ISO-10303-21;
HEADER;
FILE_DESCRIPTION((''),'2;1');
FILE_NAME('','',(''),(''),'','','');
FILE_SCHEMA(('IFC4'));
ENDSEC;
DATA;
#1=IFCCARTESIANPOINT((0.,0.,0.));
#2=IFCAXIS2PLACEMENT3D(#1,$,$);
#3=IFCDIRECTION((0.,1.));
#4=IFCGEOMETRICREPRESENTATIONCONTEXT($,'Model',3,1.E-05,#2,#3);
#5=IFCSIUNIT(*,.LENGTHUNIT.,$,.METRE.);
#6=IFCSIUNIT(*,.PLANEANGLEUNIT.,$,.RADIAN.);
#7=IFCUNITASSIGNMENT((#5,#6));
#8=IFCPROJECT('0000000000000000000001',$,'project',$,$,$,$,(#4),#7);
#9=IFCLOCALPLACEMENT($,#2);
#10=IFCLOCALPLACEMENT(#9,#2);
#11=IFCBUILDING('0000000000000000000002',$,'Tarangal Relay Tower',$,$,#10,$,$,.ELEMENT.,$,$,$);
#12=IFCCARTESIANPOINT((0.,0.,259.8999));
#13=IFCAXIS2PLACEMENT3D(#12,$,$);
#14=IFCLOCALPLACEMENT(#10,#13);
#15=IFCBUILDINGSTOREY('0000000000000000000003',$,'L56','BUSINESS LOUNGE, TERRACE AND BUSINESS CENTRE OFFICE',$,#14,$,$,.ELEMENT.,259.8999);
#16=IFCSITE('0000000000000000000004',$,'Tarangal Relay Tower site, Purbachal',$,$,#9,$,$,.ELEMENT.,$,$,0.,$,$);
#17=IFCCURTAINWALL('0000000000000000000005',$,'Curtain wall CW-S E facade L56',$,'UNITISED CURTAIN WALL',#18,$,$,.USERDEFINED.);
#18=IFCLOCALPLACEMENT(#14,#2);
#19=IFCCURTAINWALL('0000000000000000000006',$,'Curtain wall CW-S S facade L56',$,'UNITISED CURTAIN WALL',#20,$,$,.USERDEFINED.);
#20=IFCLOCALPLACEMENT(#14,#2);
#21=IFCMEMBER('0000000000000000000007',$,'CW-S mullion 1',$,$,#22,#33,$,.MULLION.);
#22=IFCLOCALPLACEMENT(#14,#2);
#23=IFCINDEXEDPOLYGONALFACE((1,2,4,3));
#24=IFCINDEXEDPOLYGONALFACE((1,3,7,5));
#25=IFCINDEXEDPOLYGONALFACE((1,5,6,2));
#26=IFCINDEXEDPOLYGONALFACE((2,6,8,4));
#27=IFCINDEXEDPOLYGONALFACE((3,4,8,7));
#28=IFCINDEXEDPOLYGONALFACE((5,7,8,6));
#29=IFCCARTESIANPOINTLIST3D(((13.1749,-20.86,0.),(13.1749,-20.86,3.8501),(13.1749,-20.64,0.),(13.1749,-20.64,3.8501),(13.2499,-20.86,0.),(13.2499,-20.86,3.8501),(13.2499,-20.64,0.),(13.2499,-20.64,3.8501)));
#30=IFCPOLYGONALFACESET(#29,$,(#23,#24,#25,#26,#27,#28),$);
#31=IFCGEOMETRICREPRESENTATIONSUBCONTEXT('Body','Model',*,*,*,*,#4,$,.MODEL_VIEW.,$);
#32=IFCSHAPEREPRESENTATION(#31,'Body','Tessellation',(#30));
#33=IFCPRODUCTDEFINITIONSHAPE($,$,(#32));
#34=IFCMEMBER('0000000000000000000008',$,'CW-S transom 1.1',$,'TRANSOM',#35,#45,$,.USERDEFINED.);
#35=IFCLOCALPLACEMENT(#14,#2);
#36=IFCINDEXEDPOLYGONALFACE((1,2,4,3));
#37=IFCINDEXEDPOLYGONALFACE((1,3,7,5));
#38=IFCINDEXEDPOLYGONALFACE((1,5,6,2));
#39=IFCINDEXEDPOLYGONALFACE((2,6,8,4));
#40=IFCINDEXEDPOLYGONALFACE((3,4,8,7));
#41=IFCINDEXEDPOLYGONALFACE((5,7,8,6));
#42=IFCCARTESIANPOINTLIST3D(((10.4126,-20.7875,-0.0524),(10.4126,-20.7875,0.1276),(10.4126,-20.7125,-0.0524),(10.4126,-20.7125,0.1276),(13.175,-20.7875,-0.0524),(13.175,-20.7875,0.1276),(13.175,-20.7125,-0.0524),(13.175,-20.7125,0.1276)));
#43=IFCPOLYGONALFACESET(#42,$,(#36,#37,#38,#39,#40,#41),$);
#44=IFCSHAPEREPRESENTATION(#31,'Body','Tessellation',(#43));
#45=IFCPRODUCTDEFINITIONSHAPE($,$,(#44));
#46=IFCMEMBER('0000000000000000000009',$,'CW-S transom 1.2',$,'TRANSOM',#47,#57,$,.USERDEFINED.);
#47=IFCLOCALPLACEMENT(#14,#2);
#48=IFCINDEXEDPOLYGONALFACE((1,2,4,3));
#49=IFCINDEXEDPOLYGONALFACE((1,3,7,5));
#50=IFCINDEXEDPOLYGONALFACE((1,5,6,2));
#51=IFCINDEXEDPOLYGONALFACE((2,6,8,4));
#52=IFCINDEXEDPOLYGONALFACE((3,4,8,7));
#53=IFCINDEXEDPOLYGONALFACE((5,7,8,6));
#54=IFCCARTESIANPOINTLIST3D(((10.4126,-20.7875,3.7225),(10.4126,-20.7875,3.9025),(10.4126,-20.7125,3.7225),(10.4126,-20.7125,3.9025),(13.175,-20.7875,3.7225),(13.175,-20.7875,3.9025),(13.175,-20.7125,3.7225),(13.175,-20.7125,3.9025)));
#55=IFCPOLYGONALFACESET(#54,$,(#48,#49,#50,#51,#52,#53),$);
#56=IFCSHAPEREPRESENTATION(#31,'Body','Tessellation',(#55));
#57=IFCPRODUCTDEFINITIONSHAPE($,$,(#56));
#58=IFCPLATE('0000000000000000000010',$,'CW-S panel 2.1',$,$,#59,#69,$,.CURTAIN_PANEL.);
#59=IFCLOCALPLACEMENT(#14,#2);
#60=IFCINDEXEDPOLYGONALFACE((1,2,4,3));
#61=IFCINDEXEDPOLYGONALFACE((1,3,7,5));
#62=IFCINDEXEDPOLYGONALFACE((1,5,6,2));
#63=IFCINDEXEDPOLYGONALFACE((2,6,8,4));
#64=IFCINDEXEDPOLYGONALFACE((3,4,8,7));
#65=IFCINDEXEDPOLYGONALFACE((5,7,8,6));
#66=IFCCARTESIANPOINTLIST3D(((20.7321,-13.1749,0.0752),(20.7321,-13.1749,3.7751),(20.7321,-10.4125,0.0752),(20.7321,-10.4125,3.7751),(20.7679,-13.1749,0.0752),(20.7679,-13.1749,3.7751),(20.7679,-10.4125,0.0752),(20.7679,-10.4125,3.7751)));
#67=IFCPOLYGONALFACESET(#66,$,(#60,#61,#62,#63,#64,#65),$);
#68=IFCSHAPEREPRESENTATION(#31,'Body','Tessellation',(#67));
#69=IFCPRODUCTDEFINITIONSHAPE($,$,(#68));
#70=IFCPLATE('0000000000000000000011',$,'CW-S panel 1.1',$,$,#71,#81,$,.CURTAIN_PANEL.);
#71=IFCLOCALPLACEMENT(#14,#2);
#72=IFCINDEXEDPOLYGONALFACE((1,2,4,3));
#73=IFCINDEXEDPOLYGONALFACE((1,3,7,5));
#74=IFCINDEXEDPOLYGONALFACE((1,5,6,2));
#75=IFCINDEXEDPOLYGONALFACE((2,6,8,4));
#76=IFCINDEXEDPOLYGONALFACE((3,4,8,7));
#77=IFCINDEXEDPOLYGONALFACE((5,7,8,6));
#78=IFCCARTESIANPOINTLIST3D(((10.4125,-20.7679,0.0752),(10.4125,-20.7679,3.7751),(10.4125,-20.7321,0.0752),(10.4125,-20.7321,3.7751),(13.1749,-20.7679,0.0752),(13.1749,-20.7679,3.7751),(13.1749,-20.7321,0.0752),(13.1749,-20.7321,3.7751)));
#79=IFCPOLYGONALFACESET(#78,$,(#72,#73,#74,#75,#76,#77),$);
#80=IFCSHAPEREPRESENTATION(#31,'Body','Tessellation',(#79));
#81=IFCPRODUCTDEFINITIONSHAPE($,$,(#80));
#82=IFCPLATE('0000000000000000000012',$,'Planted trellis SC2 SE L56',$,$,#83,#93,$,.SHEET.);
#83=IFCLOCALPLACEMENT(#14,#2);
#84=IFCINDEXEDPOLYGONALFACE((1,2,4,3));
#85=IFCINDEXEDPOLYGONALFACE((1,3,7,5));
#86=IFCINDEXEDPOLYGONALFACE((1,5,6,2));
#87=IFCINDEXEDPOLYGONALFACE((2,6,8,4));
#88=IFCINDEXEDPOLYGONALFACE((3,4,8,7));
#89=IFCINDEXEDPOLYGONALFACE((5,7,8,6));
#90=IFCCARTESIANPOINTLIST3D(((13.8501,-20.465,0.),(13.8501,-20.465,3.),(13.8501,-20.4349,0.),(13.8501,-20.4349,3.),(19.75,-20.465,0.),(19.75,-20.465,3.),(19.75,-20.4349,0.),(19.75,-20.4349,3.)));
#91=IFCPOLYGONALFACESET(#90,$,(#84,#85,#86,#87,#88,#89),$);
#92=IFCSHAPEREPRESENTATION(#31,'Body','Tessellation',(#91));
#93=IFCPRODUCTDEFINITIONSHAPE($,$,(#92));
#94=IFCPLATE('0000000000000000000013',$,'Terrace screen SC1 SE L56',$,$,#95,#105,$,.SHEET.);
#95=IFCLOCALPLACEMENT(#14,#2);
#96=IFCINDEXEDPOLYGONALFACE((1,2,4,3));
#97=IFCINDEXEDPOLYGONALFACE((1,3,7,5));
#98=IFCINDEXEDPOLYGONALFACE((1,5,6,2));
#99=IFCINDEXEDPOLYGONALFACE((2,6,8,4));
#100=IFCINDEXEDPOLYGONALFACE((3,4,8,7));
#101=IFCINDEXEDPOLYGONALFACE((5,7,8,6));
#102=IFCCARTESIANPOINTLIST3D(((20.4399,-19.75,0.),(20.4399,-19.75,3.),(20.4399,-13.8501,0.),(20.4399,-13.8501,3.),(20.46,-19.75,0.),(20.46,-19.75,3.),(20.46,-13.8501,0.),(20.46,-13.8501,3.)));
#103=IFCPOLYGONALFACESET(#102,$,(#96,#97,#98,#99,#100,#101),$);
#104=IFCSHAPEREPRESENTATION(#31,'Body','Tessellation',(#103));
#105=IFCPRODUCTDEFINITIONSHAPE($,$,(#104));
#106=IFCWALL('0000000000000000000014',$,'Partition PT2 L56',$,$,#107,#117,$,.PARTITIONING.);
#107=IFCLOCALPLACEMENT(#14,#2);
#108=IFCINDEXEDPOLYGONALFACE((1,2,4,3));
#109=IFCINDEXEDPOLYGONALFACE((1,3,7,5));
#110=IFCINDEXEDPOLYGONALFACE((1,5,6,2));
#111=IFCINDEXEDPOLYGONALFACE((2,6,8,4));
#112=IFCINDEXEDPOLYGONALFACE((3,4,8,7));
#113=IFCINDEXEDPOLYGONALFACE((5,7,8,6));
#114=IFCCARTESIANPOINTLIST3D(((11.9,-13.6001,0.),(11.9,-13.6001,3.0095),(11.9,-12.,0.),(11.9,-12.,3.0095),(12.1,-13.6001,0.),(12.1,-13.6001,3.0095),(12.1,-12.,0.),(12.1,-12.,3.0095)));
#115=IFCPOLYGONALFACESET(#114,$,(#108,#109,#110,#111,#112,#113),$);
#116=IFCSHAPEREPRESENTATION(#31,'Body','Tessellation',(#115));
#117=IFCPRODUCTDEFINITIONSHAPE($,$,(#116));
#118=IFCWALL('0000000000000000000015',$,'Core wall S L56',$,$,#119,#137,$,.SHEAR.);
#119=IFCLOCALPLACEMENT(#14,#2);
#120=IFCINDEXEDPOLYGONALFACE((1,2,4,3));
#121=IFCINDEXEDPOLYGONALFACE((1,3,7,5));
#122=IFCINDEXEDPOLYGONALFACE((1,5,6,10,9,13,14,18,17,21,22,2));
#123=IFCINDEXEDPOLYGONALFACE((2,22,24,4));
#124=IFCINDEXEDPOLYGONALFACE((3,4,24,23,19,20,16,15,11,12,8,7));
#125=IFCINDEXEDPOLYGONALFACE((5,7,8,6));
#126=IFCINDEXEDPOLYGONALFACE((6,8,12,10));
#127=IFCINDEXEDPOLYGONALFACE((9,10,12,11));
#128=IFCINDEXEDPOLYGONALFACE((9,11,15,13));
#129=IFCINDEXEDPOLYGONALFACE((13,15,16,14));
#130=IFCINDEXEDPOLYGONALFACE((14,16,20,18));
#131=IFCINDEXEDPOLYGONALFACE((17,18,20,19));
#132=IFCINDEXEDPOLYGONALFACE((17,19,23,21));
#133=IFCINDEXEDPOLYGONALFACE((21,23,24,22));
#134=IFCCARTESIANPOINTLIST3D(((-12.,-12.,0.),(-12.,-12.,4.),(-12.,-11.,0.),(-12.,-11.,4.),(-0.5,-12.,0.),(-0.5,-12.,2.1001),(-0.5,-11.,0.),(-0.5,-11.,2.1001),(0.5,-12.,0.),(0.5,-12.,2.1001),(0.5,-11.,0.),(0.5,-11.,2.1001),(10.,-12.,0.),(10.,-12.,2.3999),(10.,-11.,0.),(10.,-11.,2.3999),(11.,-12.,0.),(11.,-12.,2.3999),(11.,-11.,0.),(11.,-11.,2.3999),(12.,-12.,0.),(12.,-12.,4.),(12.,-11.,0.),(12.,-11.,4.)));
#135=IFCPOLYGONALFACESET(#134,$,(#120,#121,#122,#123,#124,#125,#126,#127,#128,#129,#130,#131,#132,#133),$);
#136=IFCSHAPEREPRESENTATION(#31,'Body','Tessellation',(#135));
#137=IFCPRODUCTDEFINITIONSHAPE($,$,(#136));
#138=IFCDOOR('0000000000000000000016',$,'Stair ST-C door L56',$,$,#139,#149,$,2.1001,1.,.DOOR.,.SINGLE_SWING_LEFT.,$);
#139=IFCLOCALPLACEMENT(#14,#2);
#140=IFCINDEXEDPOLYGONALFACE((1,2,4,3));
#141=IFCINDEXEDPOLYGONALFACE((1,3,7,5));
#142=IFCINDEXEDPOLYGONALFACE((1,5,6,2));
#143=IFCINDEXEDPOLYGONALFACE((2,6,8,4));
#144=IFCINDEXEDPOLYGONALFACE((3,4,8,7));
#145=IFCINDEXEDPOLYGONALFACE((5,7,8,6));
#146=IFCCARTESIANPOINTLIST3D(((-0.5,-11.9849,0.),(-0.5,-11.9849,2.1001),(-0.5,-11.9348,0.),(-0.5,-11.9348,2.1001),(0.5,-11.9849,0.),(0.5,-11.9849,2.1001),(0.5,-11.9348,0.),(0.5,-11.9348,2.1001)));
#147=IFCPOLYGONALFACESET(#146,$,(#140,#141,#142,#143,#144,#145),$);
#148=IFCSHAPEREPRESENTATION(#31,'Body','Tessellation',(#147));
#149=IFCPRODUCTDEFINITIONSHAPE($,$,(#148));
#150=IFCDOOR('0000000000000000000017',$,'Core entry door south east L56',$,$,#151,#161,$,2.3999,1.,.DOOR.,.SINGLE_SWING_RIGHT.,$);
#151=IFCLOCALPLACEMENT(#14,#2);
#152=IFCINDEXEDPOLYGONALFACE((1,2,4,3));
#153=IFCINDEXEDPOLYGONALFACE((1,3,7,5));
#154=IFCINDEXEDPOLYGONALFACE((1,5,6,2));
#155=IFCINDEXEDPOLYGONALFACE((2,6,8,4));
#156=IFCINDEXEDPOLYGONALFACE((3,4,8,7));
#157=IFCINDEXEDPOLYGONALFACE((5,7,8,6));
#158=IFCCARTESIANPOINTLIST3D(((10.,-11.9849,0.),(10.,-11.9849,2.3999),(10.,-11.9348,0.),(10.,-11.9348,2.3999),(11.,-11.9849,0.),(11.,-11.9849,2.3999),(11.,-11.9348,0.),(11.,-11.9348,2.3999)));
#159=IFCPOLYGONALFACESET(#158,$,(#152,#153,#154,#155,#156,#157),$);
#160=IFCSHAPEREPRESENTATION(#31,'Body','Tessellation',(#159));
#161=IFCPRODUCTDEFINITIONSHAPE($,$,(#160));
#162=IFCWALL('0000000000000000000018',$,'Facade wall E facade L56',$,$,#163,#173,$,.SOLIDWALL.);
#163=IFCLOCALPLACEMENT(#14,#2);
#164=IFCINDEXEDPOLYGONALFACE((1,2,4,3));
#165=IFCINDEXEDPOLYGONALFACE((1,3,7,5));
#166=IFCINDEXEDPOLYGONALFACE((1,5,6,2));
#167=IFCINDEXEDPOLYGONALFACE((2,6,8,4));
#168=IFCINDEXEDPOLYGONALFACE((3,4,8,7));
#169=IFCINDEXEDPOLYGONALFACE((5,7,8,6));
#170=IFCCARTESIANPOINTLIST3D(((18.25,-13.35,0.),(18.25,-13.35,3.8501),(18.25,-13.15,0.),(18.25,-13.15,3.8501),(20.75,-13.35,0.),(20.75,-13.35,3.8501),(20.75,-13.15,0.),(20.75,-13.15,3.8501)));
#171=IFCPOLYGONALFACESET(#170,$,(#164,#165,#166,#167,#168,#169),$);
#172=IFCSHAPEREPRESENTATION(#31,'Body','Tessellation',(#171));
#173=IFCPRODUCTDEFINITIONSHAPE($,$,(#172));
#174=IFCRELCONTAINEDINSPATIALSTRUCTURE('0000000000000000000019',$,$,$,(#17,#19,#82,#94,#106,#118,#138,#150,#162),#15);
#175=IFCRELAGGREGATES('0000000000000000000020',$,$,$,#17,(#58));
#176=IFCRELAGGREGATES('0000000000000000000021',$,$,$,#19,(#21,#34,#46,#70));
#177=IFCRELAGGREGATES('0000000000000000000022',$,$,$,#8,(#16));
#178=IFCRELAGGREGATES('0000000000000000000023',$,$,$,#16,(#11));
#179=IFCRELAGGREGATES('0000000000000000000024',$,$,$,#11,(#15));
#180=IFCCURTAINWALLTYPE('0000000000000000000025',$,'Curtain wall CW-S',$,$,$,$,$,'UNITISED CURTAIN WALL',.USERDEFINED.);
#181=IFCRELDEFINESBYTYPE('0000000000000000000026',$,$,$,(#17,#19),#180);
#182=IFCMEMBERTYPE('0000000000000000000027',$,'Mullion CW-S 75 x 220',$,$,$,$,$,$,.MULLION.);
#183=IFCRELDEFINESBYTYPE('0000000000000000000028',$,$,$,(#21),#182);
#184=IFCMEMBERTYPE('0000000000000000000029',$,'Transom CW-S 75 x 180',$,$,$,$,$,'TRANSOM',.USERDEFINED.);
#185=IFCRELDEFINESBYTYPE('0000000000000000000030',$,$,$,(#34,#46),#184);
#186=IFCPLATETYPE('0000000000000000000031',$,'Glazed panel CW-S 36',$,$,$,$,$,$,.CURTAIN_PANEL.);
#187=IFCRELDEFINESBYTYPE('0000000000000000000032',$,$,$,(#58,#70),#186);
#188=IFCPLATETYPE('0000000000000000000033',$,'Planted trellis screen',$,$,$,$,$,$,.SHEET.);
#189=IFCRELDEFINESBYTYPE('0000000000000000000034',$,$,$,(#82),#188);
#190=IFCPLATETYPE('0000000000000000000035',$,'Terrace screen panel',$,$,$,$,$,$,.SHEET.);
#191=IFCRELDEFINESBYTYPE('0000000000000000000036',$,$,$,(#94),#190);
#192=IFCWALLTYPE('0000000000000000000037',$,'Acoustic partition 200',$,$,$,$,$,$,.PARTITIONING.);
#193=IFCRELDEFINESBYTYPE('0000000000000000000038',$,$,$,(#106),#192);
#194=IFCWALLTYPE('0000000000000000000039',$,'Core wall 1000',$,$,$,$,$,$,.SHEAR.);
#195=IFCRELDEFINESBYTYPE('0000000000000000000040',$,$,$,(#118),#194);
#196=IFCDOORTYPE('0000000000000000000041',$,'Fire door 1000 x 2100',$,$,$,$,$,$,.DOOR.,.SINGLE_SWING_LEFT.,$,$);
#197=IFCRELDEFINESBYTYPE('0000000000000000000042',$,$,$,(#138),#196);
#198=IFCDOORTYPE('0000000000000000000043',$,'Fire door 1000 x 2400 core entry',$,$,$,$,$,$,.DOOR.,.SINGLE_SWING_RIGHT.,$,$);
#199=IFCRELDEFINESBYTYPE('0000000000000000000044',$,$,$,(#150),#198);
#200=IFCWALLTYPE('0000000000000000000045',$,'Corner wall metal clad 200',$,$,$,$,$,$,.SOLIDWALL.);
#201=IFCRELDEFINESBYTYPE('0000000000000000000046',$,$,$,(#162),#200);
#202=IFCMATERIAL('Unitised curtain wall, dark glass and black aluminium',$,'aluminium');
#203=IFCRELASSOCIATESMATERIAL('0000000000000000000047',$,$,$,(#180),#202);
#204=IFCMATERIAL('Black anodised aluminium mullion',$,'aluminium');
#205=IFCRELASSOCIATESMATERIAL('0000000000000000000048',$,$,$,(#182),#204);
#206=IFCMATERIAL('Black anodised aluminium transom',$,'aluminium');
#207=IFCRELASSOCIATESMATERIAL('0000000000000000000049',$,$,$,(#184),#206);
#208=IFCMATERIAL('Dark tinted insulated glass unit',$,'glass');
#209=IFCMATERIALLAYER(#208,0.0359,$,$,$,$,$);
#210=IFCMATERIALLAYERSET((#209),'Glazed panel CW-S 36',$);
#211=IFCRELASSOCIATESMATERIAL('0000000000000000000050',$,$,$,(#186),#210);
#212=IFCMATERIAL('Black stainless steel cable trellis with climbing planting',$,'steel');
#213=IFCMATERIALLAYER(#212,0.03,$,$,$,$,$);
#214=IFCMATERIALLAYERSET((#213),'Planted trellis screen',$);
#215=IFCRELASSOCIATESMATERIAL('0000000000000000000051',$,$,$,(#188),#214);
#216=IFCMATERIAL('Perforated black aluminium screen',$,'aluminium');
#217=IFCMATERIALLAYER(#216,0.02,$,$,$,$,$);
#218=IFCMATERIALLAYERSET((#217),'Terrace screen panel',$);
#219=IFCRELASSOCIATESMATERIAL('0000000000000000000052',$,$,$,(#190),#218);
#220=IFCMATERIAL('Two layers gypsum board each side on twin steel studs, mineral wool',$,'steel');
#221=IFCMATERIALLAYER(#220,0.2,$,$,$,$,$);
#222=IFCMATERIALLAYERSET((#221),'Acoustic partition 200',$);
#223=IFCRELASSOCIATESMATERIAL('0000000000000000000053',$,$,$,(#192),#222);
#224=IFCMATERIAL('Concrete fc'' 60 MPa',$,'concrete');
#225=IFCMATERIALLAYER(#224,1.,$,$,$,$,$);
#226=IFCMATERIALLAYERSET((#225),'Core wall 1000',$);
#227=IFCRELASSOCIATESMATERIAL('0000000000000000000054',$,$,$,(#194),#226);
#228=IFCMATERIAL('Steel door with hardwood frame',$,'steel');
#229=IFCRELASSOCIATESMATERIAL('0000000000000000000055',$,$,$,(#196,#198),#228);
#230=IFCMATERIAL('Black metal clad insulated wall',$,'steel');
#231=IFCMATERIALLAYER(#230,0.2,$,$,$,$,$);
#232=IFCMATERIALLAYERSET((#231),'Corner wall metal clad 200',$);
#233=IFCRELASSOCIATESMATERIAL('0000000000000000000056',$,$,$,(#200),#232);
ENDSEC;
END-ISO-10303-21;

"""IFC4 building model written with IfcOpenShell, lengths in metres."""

from ifc_helpers import new_model, si_unit, direction, frame, frame_2d, origin, origin_2d, place, context, subcontext, project, spatial, rectangle, extrude, material, layer, layer_set, material_profile, profile_set, type_object, element, fill, aggregate, save


model = new_model("IFC4")

# Units and contexts
model_context = context("Model", 3, precision=1e-05, world=origin(), true_north=direction((0.0, 1.0)))
body_context = subcontext(model_context, "Body", "Model", "MODEL_VIEW")
ifc_project = project(units=[si_unit("LENGTHUNIT", "METRE"), si_unit("PLANEANGLEUNIT", "RADIAN")], contexts=[model_context])

# Site, building, storey
site_placement = place(None, origin())
site = spatial("IfcSite", under=ifc_project, at=site_placement, Name="Tarangal Relay Tower site, Purbachal", CompositionType="ELEMENT", RefElevation=0.0)
building_placement = place(site_placement, origin())
building = spatial("IfcBuilding", under=site, at=building_placement, Name="Tarangal Relay Tower", CompositionType="ELEMENT")
storey_placement = place(building_placement, frame((0.0, 0.0, 259.8999)))
storey = spatial("IfcBuildingStorey", under=building, at=storey_placement, Name="L56", Description="BUSINESS LOUNGE, TERRACE AND BUSINESS CENTRE OFFICE", CompositionType="ELEMENT", Elevation=259.8999)

# Curtain wall
ifc_material_1 = material(Name="Unitised curtain wall, dark glass and black aluminium", Category="aluminium")
curtain_wall_type = type_object("IfcCurtainWallType", Name="Curtain wall CW-S", ElementType="UNITISED CURTAIN WALL", PredefinedType="USERDEFINED", material=ifc_material_1)
curtain_wall_1_placement = place(storey_placement, origin())
curtain_wall_1 = element("IfcCurtainWall", 1, at=curtain_wall_1_placement, inside=storey, type_object=curtain_wall_type, Name="Curtain wall CW-S E facade L56", ObjectType="UNITISED CURTAIN WALL", PredefinedType="USERDEFINED")
ifc_material_2 = material(Name="Black anodised aluminium mullion", Category="aluminium")
ifc_material_profile_1 = material_profile(ifc_material_2, rectangle(XDim=0.22, YDim=0.075, at=origin_2d()), Name="CW-SM 75X220")
ifc_profile_set_1 = profile_set([ifc_material_profile_1], Name="Black anodised aluminium mullion")
member_type_1 = type_object("IfcMemberType", Name="Mullion CW-S 75 x 220", PredefinedType="MULLION", material=ifc_profile_set_1)

# Curtain wall, members
curtain_wall_2_placement = place(storey_placement, origin())
curtain_wall_2 = element("IfcCurtainWall", 2, at=curtain_wall_2_placement, inside=storey, type_object=curtain_wall_type, Name="Curtain wall CW-S S facade L56", ObjectType="UNITISED CURTAIN WALL", PredefinedType="USERDEFINED")
member_1_placement = place(storey_placement, frame((13.2124, -20.75, 0.0), z_axis=(0.0, 0.0, 1.0), x_axis=(0.0, -1.0, 0.0)))
member_1 = element("IfcMember", 3, at=member_1_placement, type_object=member_type_1, Name="CW-S mullion 1", PredefinedType="MULLION", context=body_context, shape_type="SweptSolid", body=[
    extrude(rectangle(XDim=0.22, YDim=0.075, at=origin_2d()), origin(), (0.0, 0.0, 1.0), 3.8501),
])
ifc_material_3 = material(Name="Black anodised aluminium transom", Category="aluminium")
ifc_material_profile_2 = material_profile(ifc_material_3, rectangle(XDim=0.075, YDim=0.1799, at=origin_2d()), Name="CW-ST 75X180")
ifc_profile_set_2 = profile_set([ifc_material_profile_2], Name="Black anodised aluminium transom")
member_type_2 = type_object("IfcMemberType", Name="Transom CW-S 75 x 180", ElementType="TRANSOM", PredefinedType="USERDEFINED", material=ifc_profile_set_2)
member_2_placement = place(storey_placement, frame((13.175, -20.75, 0.0376), z_axis=(-1.0, 0.0, 0.0), x_axis=(0.0, -1.0, 0.0)))
member_2 = element("IfcMember", 4, at=member_2_placement, type_object=member_type_2, Name="CW-S transom 1.1", ObjectType="TRANSOM", PredefinedType="USERDEFINED", context=body_context, shape_type="SweptSolid", body=[
    extrude(rectangle(XDim=0.075, YDim=0.1799, at=origin_2d()), origin(), (0.0, 0.0, 1.0), 2.7625),
])
member_3_placement = place(storey_placement, frame((13.175, -20.75, 3.8125), z_axis=(-1.0, 0.0, 0.0), x_axis=(0.0, -1.0, 0.0)))
member_3 = element("IfcMember", 5, at=member_3_placement, type_object=member_type_2, Name="CW-S transom 1.2", ObjectType="TRANSOM", PredefinedType="USERDEFINED", context=body_context, shape_type="SweptSolid", body=[
    extrude(rectangle(XDim=0.075, YDim=0.1799, at=origin_2d()), origin(), (0.0, 0.0, 1.0), 2.7625),
])

# Plates
ifc_material_4 = material(Name="Dark tinted insulated glass unit", Category="glass")
ifc_layer_1 = layer(ifc_material_4, 0.0359)
ifc_layer_set_1 = layer_set([ifc_layer_1], Name="Glazed panel CW-S 36")
plate_type_1 = type_object("IfcPlateType", Name="Glazed panel CW-S 36", PredefinedType="CURTAIN_PANEL", material=ifc_layer_set_1)
plate_1_placement = place(storey_placement, frame((20.75, -11.7937, 0.0752), z_axis=(0.0, 0.0, 1.0), x_axis=(0.0, -1.0, 0.0)))
plate_1 = element("IfcPlate", 6, at=plate_1_placement, type_object=plate_type_1, Name="CW-S panel 2.1", PredefinedType="CURTAIN_PANEL", context=body_context, shape_type="SweptSolid", body=[
    extrude(rectangle(XDim=2.7625, YDim=0.0359, at=origin_2d()), origin(), (0.0, 0.0, 1.0), 3.7),
])
aggregate(curtain_wall_1, [plate_1])
plate_2_placement = place(storey_placement, frame((11.7937, -20.75, 0.0752), z_axis=(0.0, 0.0, 1.0), x_axis=(-1.0, 0.0, 0.0)))
plate_2 = element("IfcPlate", 7, at=plate_2_placement, type_object=plate_type_1, Name="CW-S panel 1.1", PredefinedType="CURTAIN_PANEL", context=body_context, shape_type="SweptSolid", body=[
    extrude(rectangle(XDim=2.7625, YDim=0.0359, at=origin_2d()), origin(), (0.0, 0.0, 1.0), 3.7),
])
aggregate(curtain_wall_2, [member_1, member_2, member_3, plate_2])

# Plates
ifc_material_5 = material(Name="Black stainless steel cable trellis with climbing planting", Category="steel")
ifc_layer_2 = layer(ifc_material_5, 0.03)
ifc_layer_set_2 = layer_set([ifc_layer_2], Name="Planted trellis screen")
plate_type_2 = type_object("IfcPlateType", Name="Planted trellis screen", PredefinedType="SHEET", material=ifc_layer_set_2)
plate_3_placement = place(storey_placement, frame((16.8, -20.45, 0.0), z_axis=(0.0, 0.0, 1.0), x_axis=(-1.0, 0.0, 0.0)))
element("IfcPlate", 8, at=plate_3_placement, inside=storey, type_object=plate_type_2, Name="Planted trellis SC2 SE L56", PredefinedType="SHEET", context=body_context, shape_type="SweptSolid", body=[
    extrude(rectangle(XDim=5.8999, YDim=0.03, at=origin_2d()), origin(), (0.0, 0.0, 1.0), 3.0),
])
ifc_material_6 = material(Name="Perforated black aluminium screen", Category="aluminium")
ifc_layer_3 = layer(ifc_material_6, 0.02)
ifc_layer_set_3 = layer_set([ifc_layer_3], Name="Terrace screen panel")
plate_type_3 = type_object("IfcPlateType", Name="Terrace screen panel", PredefinedType="SHEET", material=ifc_layer_set_3)
plate_4_placement = place(storey_placement, frame((20.45, -16.8, 0.0), z_axis=(0.0, 0.0, 1.0), x_axis=(0.0, -1.0, 0.0)))
element("IfcPlate", 9, at=plate_4_placement, inside=storey, type_object=plate_type_3, Name="Terrace screen SC1 SE L56", PredefinedType="SHEET", context=body_context, shape_type="SweptSolid", body=[
    extrude(rectangle(XDim=5.8999, YDim=0.02, at=origin_2d()), origin(), (0.0, 0.0, 1.0), 3.0),
])

# Wall
ifc_material_7 = material(Name="Two layers gypsum board each side on twin steel studs, mineral wool", Category="steel")
ifc_layer_4 = layer(ifc_material_7, 0.2)
ifc_layer_set_4 = layer_set([ifc_layer_4], Name="Acoustic partition 200")
wall_type_1 = type_object("IfcWallType", Name="Acoustic partition 200", PredefinedType="PARTITIONING", material=ifc_layer_set_4)
wall_1_placement = place(storey_placement, frame((12.0, -13.6001, 0.0), z_axis=(0.0, 0.0, 1.0), x_axis=(0.0, 1.0, 0.0)))
element("IfcWall", 10, at=wall_1_placement, inside=storey, type_object=wall_type_1, Name="Partition PT2 L56", PredefinedType="PARTITIONING", context=body_context, shape_type="SweptSolid", body=[
    extrude(rectangle(XDim=1.6001, YDim=0.2, at=frame_2d((0.8, 0.0))), origin(), (0.0, 0.0, 1.0), 3.0095),
])

# Wall, openings, doors
ifc_material_8 = material(Name="Concrete fc' 60 MPa", Category="concrete")
ifc_layer_5 = layer(ifc_material_8, 1.0)
ifc_layer_set_5 = layer_set([ifc_layer_5], Name="Core wall 1000")
wall_type_2 = type_object("IfcWallType", Name="Core wall 1000", PredefinedType="SHEAR", material=ifc_layer_set_5)
wall_2_placement = place(storey_placement, frame((12.0, -11.5, 0.0), z_axis=(0.0, 0.0, 1.0), x_axis=(-1.0, 0.0, 0.0)))
wall_2 = element("IfcWall", 11, at=wall_2_placement, inside=storey, type_object=wall_type_2, Name="Core wall S L56", PredefinedType="SHEAR", context=body_context, shape_type="SweptSolid", body=[
    extrude(rectangle(XDim=24.0, YDim=1.0, at=frame_2d((12.0, 0.0))), origin(), (0.0, 0.0, 1.0), 4.0),
])
opening_1_placement = place(wall_2_placement, frame((11.5, 0.0, 0.0)))
opening_1 = element("IfcOpeningElement", 12, at=opening_1_placement, cuts=wall_2, PredefinedType="OPENING", context=body_context, shape_type="SweptSolid", body=[
    extrude(rectangle(XDim=1.0, YDim=2.1001, at=frame_2d((0.5, 1.05))), frame((0.0, 0.51, 0.0), z_axis=(0.0, -1.0, 0.0), x_axis=(1.0, 0.0, 0.0)), (0.0, 0.0, 1.0), 1.02),
])
opening_2_placement = place(wall_2_placement, frame((1.0, 0.0, 0.0)))
opening_2 = element("IfcOpeningElement", 13, at=opening_2_placement, cuts=wall_2, PredefinedType="OPENING", context=body_context, shape_type="SweptSolid", body=[
    extrude(rectangle(XDim=1.0, YDim=2.3999, at=frame_2d((0.5, 1.2))), frame((0.0, 0.51, 0.0), z_axis=(0.0, -1.0, 0.0), x_axis=(1.0, 0.0, 0.0)), (0.0, 0.0, 1.0), 1.02),
])
ifc_material_9 = material(Name="Steel door with hardwood frame", Category="steel")
door_type_1 = type_object("IfcDoorType", Name="Fire door 1000 x 2100", OperationType="SINGLE_SWING_LEFT", PredefinedType="DOOR", material=ifc_material_9)
door_1_placement = place(opening_1_placement, origin())
door_1 = element("IfcDoor", 14, at=door_1_placement, inside=storey, type_object=door_type_1, Name="Stair ST-C door L56", OperationType="SINGLE_SWING_LEFT", OverallHeight=2.1001, OverallWidth=1.0, PredefinedType="DOOR", context=body_context, shape_type="SweptSolid", body=[
    extrude(rectangle(XDim=1.0, YDim=2.1001, at=frame_2d((0.5, 1.05))), frame((0.0, 0.4849, 0.0), z_axis=(0.0, -1.0, 0.0), x_axis=(1.0, 0.0, 0.0)), (0.0, 0.0, 1.0), 0.05),
])
fill(opening_1, door_1)
door_type_2 = type_object("IfcDoorType", Name="Fire door 1000 x 2400 core entry", OperationType="SINGLE_SWING_RIGHT", PredefinedType="DOOR", material=ifc_material_9)
door_2_placement = place(opening_2_placement, origin())
door_2 = element("IfcDoor", 15, at=door_2_placement, inside=storey, type_object=door_type_2, Name="Core entry door south east L56", OperationType="SINGLE_SWING_RIGHT", OverallHeight=2.3999, OverallWidth=1.0, PredefinedType="DOOR", context=body_context, shape_type="SweptSolid", body=[
    extrude(rectangle(XDim=1.0, YDim=2.3999, at=frame_2d((0.5, 1.2))), frame((0.0, 0.4849, 0.0), z_axis=(0.0, -1.0, 0.0), x_axis=(1.0, 0.0, 0.0)), (0.0, 0.0, 1.0), 0.05),
])
fill(opening_2, door_2)

# Wall
ifc_material_10 = material(Name="Black metal clad insulated wall", Category="steel")
ifc_layer_6 = layer(ifc_material_10, 0.2)
ifc_layer_set_6 = layer_set([ifc_layer_6], Name="Corner wall metal clad 200")
wall_type_3 = type_object("IfcWallType", Name="Corner wall metal clad 200", PredefinedType="SOLIDWALL", material=ifc_layer_set_6)
wall_3_placement = place(storey_placement, frame((20.75, -13.25, 0.0), z_axis=(0.0, 0.0, 1.0), x_axis=(-1.0, 0.0, 0.0)))
element("IfcWall", 16, at=wall_3_placement, inside=storey, type_object=wall_type_3, Name="Facade wall E facade L56", PredefinedType="SOLIDWALL", context=body_context, shape_type="SweptSolid", body=[
    extrude(rectangle(XDim=2.5, YDim=0.2, at=frame_2d((1.25, 0.0))), origin(), (0.0, 0.0, 1.0), 3.8501),
])

save(model, "model.ifc")
